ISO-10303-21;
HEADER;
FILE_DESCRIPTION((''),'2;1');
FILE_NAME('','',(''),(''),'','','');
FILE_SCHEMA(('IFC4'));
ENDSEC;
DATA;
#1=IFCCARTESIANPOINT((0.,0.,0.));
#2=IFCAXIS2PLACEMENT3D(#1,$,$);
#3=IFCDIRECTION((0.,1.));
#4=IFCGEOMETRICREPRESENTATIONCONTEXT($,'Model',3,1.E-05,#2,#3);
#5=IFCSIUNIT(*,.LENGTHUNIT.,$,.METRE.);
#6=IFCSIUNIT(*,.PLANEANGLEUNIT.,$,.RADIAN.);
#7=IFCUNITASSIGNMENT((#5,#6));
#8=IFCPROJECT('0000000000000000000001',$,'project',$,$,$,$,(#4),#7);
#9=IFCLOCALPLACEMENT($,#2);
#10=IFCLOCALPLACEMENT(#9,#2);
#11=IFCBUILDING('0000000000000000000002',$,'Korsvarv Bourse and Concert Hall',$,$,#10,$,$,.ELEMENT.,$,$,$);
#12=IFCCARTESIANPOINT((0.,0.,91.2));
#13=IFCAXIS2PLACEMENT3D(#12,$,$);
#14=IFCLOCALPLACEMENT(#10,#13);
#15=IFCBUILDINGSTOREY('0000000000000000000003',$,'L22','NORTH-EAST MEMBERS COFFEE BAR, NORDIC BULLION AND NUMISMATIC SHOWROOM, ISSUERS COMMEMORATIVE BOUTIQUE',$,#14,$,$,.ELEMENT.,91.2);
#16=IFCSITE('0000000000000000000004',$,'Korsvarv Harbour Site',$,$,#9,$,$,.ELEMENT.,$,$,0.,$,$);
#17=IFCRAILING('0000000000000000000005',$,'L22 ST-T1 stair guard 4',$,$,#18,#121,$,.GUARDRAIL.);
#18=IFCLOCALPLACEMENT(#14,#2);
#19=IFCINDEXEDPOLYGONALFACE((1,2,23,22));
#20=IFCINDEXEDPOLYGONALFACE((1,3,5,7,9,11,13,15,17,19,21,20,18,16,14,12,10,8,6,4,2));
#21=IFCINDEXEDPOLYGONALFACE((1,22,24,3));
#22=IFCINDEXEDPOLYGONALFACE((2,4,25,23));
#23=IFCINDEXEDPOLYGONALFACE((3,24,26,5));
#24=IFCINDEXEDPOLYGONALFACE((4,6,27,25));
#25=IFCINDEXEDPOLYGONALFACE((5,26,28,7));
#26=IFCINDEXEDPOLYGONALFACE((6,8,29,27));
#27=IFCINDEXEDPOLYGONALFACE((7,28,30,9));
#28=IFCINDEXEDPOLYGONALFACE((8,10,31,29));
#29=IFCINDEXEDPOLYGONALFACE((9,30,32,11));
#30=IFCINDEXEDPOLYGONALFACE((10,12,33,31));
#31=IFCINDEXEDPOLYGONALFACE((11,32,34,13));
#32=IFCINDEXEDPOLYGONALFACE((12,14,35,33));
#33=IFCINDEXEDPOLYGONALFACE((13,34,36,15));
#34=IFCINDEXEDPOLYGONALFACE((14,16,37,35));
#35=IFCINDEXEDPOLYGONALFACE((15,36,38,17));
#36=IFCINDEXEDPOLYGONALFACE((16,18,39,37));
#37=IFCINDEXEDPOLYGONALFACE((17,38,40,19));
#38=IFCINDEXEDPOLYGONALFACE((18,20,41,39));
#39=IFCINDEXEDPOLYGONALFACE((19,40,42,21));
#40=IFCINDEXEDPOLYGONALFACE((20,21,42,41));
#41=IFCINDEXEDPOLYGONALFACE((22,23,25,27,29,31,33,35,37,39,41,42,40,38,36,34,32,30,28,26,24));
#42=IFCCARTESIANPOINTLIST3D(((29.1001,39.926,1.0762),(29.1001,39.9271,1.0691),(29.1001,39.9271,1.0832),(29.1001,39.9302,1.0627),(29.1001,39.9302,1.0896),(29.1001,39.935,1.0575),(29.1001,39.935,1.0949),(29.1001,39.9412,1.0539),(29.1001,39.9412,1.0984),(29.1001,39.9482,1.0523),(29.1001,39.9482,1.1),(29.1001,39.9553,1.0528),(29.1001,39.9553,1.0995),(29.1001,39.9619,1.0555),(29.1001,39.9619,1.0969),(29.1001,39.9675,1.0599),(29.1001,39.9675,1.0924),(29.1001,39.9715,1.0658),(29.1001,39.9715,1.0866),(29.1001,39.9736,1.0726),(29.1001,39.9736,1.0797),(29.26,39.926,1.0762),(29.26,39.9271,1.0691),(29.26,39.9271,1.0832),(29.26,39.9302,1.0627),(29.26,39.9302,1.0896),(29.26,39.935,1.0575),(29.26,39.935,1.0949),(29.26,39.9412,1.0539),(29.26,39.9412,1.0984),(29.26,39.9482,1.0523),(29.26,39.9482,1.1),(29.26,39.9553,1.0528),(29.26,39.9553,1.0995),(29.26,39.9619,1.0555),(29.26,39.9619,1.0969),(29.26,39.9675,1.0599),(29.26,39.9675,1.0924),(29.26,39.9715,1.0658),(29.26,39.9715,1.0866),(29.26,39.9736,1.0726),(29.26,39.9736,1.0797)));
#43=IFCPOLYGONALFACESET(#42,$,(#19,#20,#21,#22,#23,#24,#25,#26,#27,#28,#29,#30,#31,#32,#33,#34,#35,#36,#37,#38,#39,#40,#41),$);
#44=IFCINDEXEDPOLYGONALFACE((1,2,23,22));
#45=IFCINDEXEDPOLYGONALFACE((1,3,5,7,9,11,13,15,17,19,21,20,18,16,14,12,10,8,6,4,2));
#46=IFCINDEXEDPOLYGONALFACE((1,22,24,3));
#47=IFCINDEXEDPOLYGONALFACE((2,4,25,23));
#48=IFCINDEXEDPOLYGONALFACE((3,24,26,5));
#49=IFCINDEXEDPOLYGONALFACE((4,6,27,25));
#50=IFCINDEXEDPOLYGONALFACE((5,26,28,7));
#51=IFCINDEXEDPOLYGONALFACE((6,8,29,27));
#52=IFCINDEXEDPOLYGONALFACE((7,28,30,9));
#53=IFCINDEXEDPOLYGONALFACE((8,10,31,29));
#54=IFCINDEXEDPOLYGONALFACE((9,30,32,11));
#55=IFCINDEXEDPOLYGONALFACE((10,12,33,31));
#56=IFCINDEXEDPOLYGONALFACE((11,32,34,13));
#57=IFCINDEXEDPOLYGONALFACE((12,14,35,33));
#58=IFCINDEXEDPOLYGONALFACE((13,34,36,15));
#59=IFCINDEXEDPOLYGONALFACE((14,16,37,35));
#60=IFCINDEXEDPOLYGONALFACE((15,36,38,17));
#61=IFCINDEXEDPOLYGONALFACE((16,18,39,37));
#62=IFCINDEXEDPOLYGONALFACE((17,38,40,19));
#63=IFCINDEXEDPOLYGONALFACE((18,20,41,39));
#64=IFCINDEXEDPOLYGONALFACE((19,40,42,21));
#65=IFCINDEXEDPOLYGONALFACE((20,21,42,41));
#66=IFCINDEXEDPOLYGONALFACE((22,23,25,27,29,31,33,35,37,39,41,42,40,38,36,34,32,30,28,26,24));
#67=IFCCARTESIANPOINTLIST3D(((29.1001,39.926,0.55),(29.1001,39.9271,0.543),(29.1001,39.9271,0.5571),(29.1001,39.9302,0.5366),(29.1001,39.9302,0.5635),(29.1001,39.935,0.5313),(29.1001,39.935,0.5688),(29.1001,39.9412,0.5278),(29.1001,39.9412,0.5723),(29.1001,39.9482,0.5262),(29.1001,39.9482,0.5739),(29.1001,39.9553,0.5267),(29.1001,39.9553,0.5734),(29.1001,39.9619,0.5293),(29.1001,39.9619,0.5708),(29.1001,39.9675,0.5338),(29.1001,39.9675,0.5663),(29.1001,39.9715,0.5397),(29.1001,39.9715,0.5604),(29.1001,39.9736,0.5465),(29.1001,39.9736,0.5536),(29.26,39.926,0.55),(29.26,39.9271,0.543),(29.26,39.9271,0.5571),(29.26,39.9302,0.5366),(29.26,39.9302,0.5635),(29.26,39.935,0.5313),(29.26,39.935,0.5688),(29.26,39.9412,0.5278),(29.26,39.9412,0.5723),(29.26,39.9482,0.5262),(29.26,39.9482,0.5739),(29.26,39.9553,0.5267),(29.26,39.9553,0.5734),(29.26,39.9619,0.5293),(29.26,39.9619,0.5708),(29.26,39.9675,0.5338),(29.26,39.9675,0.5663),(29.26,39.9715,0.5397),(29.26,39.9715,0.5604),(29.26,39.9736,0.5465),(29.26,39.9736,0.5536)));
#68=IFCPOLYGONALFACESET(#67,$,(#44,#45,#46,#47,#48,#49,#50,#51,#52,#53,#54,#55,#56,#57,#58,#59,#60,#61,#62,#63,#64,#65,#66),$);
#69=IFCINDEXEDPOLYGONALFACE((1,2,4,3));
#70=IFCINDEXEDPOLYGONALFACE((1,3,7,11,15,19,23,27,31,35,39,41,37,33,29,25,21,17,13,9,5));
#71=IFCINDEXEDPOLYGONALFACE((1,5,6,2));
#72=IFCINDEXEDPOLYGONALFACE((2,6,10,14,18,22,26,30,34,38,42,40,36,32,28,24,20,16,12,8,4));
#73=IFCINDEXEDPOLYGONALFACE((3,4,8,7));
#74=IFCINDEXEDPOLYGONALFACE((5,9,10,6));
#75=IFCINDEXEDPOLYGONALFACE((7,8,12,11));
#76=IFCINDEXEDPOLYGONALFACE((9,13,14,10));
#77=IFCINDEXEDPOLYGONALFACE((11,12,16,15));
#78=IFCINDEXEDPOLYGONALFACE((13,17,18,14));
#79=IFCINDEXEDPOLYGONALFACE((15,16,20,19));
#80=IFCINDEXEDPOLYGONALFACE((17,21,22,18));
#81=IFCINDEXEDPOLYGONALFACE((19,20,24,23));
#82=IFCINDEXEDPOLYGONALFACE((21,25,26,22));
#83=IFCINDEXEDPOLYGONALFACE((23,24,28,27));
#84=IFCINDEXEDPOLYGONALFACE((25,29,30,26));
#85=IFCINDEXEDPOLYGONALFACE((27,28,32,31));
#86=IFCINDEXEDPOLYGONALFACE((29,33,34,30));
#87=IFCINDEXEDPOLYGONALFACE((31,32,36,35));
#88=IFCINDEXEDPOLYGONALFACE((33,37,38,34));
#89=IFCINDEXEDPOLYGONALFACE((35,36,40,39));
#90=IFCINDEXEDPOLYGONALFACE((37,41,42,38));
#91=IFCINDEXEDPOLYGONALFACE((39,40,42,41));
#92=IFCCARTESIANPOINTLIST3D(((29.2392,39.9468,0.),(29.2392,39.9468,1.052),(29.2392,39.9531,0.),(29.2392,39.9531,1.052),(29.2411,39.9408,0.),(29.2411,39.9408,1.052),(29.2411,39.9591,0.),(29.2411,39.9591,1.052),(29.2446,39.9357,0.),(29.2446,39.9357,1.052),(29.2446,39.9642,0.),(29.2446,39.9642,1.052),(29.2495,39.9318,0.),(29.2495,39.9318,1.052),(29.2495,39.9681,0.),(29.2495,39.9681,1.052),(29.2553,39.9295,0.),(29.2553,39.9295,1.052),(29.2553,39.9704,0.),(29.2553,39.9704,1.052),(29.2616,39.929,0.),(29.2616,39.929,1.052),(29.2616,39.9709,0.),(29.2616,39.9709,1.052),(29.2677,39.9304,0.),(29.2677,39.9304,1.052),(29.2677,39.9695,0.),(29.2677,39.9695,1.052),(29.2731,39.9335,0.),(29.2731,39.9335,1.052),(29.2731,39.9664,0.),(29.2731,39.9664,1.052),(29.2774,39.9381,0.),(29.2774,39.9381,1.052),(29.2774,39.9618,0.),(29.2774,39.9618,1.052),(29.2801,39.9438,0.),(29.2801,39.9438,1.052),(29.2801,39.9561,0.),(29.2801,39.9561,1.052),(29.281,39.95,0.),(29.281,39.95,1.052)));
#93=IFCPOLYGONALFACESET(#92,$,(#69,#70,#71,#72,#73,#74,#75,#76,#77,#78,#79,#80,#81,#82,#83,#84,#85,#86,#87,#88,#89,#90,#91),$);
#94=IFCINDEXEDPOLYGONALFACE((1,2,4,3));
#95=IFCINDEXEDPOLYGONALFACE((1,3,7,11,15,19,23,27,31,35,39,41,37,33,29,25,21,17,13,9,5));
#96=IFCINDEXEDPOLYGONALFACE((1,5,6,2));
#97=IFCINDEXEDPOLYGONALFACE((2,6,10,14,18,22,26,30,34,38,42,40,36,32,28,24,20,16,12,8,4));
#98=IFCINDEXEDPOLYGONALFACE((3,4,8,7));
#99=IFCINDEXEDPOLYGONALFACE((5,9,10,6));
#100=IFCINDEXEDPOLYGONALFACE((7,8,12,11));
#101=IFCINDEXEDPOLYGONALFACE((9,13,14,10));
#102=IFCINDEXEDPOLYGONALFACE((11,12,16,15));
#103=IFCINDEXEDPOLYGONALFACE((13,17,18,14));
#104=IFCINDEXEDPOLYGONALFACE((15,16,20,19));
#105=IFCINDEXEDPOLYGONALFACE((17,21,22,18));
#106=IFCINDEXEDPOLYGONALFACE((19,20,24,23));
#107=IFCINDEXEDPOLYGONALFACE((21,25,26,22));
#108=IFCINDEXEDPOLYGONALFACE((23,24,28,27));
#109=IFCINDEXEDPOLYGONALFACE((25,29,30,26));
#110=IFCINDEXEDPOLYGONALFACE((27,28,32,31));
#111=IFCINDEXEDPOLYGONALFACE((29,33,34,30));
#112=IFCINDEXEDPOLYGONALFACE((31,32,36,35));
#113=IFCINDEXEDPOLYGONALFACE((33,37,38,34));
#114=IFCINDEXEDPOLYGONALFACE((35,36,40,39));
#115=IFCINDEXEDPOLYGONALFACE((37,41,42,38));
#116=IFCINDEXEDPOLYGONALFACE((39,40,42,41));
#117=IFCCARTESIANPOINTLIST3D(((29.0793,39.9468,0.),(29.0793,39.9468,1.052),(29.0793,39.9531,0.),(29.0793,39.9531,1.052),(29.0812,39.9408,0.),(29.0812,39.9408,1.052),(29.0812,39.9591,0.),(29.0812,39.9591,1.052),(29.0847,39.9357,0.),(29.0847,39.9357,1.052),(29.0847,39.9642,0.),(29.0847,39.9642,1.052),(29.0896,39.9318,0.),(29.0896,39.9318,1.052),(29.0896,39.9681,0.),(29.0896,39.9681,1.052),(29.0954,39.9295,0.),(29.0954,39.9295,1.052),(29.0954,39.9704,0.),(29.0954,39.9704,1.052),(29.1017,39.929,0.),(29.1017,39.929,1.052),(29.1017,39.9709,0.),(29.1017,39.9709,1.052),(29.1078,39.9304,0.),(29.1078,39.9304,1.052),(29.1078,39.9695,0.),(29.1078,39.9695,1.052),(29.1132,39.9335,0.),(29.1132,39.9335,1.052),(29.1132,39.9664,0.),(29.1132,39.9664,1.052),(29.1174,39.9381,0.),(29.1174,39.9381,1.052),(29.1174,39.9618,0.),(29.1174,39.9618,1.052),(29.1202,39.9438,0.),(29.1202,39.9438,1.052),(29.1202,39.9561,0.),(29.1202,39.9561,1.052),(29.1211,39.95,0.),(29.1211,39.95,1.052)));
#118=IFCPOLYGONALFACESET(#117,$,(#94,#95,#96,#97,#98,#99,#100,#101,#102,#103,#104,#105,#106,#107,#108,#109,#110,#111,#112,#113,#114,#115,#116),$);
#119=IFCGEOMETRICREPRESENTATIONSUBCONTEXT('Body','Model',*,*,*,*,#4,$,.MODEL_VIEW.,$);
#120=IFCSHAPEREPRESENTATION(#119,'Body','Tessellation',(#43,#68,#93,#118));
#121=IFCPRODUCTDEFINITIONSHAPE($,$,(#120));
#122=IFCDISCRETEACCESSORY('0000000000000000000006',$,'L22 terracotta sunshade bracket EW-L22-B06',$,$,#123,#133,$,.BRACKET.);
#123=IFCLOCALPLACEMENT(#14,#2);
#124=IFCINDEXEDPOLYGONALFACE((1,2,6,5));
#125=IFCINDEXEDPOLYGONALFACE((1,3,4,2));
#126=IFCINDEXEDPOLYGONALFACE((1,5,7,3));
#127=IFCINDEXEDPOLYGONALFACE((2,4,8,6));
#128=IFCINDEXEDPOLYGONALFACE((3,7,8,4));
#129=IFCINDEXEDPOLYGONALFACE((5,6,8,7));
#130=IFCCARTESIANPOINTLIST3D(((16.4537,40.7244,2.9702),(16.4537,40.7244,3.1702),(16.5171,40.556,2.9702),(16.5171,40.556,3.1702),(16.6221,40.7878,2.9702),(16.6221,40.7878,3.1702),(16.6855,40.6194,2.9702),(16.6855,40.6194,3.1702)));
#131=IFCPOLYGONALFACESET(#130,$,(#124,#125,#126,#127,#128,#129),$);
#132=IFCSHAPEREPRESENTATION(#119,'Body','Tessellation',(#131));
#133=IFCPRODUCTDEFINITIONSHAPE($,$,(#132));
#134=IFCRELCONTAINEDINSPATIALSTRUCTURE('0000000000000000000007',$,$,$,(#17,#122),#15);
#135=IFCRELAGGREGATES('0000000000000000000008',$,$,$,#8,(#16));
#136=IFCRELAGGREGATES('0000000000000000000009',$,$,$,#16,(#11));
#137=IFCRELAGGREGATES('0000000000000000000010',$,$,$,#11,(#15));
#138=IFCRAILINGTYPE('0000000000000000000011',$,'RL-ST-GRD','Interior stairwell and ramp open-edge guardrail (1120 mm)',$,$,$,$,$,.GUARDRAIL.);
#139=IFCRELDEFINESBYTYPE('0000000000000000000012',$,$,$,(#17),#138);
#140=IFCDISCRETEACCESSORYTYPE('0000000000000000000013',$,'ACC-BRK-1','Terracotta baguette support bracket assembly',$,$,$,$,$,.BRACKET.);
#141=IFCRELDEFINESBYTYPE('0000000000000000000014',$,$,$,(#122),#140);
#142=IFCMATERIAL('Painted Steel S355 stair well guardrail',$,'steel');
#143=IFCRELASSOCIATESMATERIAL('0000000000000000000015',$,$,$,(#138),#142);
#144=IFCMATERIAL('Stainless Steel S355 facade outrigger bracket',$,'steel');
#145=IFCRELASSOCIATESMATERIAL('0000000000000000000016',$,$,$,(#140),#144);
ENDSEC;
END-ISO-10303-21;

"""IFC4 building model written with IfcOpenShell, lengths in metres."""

from ifc_helpers import new_model, si_unit, direction, frame, origin, origin_2d, place, context, subcontext, project, spatial, rectangle, circle, extrude, source, transform, mapped, material, type_object, element, save


model = new_model("IFC4")

# Units and contexts
model_context = context("Model", 3, precision=1e-05, world=origin(), true_north=direction((0.0, 1.0)))
body_context = subcontext(model_context, "Body", "Model", "MODEL_VIEW")
ifc_project = project(units=[si_unit("LENGTHUNIT", "METRE"), si_unit("PLANEANGLEUNIT", "RADIAN")], contexts=[model_context])

# Site, building, storey
site_placement = place(None, origin())
site = spatial("IfcSite", under=ifc_project, at=site_placement, Name="Korsvarv Harbour Site", CompositionType="ELEMENT", RefElevation=0.0)
building_placement = place(site_placement, origin())
building = spatial("IfcBuilding", under=site, at=building_placement, Name="Korsvarv Bourse and Concert Hall", CompositionType="ELEMENT")
storey_placement = place(building_placement, frame((0.0, 0.0, 91.2)))
storey = spatial("IfcBuildingStorey", under=building, at=storey_placement, Name="L22", Description="NORTH-EAST MEMBERS COFFEE BAR, NORDIC BULLION AND NUMISMATIC SHOWROOM, ISSUERS COMMEMORATIVE BOUTIQUE", CompositionType="ELEMENT", Elevation=91.2)

# Railing
ifc_material_1 = material(Name="Painted Steel S355 stair well guardrail", Category="steel")
railing_type = type_object("IfcRailingType", Name="RL-ST-GRD", Description="Interior stairwell and ramp open-edge guardrail (1120 mm)", PredefinedType="GUARDRAIL", material=ifc_material_1)
railing_1_placement = place(storey_placement, frame((29.26, 39.95, 0.0)))
element("IfcRailing", 1, at=railing_1_placement, inside=storey, type_object=railing_type, Name="L22 ST-T1 stair guard 4", PredefinedType="GUARDRAIL", context=body_context, shape_type="SweptSolid", body=[
    extrude(circle(Radius=0.0239, at=origin_2d()), frame((0.0, 0.0, 1.0762), z_axis=(-1.0, 0.0, 0.0), x_axis=(0.0, -1.0, 0.0)), (0.0, 0.0, 1.0), 0.1599),
    extrude(circle(Radius=0.0239, at=origin_2d()), frame((0.0, 0.0, 0.55), z_axis=(-1.0, 0.0, 0.0), x_axis=(0.0, -1.0, 0.0)), (0.0, 0.0, 1.0), 0.1599),
    extrude(circle(Radius=0.021, at=origin_2d()), origin(), (0.0, 0.0, 1.0), 1.052),
    extrude(circle(Radius=0.021, at=origin_2d()), frame((-0.1599, 0.0, 0.0)), (0.0, 0.0, 1.0), 1.052),
])

# Discrete accessory
ifc_material_2 = material(Name="Stainless Steel S355 facade outrigger bracket", Category="steel")
discrete_accessory_type = type_object("IfcDiscreteAccessoryType", Name="ACC-BRK-1", Description="Terracotta baguette support bracket assembly", PredefinedType="BRACKET", material=ifc_material_2)
shared_shape_1 = source(origin(), body_context, "Body", "SweptSolid", [
    extrude(rectangle(XDim=0.1799, YDim=0.1799, at=origin_2d()), origin(), (0.0, 0.0, 1.0), 0.2),
])
discrete_accessory_placement = place(storey_placement, frame((16.5696, 40.6719, 2.9702), z_axis=(0.0, 0.0, 1.0), x_axis=(0.352332, -0.935875, 0.0)))
element("IfcDiscreteAccessory", 2, at=discrete_accessory_placement, inside=storey, type_object=discrete_accessory_type, Name="L22 terracotta sunshade bracket EW-L22-B06", PredefinedType="BRACKET", context=body_context, shape_type="MappedRepresentation", body=[
    mapped(shared_shape_1, transform((0.0, 0.0, 0.0), scale=1.0)),
])

save(model, "model.ifc")
